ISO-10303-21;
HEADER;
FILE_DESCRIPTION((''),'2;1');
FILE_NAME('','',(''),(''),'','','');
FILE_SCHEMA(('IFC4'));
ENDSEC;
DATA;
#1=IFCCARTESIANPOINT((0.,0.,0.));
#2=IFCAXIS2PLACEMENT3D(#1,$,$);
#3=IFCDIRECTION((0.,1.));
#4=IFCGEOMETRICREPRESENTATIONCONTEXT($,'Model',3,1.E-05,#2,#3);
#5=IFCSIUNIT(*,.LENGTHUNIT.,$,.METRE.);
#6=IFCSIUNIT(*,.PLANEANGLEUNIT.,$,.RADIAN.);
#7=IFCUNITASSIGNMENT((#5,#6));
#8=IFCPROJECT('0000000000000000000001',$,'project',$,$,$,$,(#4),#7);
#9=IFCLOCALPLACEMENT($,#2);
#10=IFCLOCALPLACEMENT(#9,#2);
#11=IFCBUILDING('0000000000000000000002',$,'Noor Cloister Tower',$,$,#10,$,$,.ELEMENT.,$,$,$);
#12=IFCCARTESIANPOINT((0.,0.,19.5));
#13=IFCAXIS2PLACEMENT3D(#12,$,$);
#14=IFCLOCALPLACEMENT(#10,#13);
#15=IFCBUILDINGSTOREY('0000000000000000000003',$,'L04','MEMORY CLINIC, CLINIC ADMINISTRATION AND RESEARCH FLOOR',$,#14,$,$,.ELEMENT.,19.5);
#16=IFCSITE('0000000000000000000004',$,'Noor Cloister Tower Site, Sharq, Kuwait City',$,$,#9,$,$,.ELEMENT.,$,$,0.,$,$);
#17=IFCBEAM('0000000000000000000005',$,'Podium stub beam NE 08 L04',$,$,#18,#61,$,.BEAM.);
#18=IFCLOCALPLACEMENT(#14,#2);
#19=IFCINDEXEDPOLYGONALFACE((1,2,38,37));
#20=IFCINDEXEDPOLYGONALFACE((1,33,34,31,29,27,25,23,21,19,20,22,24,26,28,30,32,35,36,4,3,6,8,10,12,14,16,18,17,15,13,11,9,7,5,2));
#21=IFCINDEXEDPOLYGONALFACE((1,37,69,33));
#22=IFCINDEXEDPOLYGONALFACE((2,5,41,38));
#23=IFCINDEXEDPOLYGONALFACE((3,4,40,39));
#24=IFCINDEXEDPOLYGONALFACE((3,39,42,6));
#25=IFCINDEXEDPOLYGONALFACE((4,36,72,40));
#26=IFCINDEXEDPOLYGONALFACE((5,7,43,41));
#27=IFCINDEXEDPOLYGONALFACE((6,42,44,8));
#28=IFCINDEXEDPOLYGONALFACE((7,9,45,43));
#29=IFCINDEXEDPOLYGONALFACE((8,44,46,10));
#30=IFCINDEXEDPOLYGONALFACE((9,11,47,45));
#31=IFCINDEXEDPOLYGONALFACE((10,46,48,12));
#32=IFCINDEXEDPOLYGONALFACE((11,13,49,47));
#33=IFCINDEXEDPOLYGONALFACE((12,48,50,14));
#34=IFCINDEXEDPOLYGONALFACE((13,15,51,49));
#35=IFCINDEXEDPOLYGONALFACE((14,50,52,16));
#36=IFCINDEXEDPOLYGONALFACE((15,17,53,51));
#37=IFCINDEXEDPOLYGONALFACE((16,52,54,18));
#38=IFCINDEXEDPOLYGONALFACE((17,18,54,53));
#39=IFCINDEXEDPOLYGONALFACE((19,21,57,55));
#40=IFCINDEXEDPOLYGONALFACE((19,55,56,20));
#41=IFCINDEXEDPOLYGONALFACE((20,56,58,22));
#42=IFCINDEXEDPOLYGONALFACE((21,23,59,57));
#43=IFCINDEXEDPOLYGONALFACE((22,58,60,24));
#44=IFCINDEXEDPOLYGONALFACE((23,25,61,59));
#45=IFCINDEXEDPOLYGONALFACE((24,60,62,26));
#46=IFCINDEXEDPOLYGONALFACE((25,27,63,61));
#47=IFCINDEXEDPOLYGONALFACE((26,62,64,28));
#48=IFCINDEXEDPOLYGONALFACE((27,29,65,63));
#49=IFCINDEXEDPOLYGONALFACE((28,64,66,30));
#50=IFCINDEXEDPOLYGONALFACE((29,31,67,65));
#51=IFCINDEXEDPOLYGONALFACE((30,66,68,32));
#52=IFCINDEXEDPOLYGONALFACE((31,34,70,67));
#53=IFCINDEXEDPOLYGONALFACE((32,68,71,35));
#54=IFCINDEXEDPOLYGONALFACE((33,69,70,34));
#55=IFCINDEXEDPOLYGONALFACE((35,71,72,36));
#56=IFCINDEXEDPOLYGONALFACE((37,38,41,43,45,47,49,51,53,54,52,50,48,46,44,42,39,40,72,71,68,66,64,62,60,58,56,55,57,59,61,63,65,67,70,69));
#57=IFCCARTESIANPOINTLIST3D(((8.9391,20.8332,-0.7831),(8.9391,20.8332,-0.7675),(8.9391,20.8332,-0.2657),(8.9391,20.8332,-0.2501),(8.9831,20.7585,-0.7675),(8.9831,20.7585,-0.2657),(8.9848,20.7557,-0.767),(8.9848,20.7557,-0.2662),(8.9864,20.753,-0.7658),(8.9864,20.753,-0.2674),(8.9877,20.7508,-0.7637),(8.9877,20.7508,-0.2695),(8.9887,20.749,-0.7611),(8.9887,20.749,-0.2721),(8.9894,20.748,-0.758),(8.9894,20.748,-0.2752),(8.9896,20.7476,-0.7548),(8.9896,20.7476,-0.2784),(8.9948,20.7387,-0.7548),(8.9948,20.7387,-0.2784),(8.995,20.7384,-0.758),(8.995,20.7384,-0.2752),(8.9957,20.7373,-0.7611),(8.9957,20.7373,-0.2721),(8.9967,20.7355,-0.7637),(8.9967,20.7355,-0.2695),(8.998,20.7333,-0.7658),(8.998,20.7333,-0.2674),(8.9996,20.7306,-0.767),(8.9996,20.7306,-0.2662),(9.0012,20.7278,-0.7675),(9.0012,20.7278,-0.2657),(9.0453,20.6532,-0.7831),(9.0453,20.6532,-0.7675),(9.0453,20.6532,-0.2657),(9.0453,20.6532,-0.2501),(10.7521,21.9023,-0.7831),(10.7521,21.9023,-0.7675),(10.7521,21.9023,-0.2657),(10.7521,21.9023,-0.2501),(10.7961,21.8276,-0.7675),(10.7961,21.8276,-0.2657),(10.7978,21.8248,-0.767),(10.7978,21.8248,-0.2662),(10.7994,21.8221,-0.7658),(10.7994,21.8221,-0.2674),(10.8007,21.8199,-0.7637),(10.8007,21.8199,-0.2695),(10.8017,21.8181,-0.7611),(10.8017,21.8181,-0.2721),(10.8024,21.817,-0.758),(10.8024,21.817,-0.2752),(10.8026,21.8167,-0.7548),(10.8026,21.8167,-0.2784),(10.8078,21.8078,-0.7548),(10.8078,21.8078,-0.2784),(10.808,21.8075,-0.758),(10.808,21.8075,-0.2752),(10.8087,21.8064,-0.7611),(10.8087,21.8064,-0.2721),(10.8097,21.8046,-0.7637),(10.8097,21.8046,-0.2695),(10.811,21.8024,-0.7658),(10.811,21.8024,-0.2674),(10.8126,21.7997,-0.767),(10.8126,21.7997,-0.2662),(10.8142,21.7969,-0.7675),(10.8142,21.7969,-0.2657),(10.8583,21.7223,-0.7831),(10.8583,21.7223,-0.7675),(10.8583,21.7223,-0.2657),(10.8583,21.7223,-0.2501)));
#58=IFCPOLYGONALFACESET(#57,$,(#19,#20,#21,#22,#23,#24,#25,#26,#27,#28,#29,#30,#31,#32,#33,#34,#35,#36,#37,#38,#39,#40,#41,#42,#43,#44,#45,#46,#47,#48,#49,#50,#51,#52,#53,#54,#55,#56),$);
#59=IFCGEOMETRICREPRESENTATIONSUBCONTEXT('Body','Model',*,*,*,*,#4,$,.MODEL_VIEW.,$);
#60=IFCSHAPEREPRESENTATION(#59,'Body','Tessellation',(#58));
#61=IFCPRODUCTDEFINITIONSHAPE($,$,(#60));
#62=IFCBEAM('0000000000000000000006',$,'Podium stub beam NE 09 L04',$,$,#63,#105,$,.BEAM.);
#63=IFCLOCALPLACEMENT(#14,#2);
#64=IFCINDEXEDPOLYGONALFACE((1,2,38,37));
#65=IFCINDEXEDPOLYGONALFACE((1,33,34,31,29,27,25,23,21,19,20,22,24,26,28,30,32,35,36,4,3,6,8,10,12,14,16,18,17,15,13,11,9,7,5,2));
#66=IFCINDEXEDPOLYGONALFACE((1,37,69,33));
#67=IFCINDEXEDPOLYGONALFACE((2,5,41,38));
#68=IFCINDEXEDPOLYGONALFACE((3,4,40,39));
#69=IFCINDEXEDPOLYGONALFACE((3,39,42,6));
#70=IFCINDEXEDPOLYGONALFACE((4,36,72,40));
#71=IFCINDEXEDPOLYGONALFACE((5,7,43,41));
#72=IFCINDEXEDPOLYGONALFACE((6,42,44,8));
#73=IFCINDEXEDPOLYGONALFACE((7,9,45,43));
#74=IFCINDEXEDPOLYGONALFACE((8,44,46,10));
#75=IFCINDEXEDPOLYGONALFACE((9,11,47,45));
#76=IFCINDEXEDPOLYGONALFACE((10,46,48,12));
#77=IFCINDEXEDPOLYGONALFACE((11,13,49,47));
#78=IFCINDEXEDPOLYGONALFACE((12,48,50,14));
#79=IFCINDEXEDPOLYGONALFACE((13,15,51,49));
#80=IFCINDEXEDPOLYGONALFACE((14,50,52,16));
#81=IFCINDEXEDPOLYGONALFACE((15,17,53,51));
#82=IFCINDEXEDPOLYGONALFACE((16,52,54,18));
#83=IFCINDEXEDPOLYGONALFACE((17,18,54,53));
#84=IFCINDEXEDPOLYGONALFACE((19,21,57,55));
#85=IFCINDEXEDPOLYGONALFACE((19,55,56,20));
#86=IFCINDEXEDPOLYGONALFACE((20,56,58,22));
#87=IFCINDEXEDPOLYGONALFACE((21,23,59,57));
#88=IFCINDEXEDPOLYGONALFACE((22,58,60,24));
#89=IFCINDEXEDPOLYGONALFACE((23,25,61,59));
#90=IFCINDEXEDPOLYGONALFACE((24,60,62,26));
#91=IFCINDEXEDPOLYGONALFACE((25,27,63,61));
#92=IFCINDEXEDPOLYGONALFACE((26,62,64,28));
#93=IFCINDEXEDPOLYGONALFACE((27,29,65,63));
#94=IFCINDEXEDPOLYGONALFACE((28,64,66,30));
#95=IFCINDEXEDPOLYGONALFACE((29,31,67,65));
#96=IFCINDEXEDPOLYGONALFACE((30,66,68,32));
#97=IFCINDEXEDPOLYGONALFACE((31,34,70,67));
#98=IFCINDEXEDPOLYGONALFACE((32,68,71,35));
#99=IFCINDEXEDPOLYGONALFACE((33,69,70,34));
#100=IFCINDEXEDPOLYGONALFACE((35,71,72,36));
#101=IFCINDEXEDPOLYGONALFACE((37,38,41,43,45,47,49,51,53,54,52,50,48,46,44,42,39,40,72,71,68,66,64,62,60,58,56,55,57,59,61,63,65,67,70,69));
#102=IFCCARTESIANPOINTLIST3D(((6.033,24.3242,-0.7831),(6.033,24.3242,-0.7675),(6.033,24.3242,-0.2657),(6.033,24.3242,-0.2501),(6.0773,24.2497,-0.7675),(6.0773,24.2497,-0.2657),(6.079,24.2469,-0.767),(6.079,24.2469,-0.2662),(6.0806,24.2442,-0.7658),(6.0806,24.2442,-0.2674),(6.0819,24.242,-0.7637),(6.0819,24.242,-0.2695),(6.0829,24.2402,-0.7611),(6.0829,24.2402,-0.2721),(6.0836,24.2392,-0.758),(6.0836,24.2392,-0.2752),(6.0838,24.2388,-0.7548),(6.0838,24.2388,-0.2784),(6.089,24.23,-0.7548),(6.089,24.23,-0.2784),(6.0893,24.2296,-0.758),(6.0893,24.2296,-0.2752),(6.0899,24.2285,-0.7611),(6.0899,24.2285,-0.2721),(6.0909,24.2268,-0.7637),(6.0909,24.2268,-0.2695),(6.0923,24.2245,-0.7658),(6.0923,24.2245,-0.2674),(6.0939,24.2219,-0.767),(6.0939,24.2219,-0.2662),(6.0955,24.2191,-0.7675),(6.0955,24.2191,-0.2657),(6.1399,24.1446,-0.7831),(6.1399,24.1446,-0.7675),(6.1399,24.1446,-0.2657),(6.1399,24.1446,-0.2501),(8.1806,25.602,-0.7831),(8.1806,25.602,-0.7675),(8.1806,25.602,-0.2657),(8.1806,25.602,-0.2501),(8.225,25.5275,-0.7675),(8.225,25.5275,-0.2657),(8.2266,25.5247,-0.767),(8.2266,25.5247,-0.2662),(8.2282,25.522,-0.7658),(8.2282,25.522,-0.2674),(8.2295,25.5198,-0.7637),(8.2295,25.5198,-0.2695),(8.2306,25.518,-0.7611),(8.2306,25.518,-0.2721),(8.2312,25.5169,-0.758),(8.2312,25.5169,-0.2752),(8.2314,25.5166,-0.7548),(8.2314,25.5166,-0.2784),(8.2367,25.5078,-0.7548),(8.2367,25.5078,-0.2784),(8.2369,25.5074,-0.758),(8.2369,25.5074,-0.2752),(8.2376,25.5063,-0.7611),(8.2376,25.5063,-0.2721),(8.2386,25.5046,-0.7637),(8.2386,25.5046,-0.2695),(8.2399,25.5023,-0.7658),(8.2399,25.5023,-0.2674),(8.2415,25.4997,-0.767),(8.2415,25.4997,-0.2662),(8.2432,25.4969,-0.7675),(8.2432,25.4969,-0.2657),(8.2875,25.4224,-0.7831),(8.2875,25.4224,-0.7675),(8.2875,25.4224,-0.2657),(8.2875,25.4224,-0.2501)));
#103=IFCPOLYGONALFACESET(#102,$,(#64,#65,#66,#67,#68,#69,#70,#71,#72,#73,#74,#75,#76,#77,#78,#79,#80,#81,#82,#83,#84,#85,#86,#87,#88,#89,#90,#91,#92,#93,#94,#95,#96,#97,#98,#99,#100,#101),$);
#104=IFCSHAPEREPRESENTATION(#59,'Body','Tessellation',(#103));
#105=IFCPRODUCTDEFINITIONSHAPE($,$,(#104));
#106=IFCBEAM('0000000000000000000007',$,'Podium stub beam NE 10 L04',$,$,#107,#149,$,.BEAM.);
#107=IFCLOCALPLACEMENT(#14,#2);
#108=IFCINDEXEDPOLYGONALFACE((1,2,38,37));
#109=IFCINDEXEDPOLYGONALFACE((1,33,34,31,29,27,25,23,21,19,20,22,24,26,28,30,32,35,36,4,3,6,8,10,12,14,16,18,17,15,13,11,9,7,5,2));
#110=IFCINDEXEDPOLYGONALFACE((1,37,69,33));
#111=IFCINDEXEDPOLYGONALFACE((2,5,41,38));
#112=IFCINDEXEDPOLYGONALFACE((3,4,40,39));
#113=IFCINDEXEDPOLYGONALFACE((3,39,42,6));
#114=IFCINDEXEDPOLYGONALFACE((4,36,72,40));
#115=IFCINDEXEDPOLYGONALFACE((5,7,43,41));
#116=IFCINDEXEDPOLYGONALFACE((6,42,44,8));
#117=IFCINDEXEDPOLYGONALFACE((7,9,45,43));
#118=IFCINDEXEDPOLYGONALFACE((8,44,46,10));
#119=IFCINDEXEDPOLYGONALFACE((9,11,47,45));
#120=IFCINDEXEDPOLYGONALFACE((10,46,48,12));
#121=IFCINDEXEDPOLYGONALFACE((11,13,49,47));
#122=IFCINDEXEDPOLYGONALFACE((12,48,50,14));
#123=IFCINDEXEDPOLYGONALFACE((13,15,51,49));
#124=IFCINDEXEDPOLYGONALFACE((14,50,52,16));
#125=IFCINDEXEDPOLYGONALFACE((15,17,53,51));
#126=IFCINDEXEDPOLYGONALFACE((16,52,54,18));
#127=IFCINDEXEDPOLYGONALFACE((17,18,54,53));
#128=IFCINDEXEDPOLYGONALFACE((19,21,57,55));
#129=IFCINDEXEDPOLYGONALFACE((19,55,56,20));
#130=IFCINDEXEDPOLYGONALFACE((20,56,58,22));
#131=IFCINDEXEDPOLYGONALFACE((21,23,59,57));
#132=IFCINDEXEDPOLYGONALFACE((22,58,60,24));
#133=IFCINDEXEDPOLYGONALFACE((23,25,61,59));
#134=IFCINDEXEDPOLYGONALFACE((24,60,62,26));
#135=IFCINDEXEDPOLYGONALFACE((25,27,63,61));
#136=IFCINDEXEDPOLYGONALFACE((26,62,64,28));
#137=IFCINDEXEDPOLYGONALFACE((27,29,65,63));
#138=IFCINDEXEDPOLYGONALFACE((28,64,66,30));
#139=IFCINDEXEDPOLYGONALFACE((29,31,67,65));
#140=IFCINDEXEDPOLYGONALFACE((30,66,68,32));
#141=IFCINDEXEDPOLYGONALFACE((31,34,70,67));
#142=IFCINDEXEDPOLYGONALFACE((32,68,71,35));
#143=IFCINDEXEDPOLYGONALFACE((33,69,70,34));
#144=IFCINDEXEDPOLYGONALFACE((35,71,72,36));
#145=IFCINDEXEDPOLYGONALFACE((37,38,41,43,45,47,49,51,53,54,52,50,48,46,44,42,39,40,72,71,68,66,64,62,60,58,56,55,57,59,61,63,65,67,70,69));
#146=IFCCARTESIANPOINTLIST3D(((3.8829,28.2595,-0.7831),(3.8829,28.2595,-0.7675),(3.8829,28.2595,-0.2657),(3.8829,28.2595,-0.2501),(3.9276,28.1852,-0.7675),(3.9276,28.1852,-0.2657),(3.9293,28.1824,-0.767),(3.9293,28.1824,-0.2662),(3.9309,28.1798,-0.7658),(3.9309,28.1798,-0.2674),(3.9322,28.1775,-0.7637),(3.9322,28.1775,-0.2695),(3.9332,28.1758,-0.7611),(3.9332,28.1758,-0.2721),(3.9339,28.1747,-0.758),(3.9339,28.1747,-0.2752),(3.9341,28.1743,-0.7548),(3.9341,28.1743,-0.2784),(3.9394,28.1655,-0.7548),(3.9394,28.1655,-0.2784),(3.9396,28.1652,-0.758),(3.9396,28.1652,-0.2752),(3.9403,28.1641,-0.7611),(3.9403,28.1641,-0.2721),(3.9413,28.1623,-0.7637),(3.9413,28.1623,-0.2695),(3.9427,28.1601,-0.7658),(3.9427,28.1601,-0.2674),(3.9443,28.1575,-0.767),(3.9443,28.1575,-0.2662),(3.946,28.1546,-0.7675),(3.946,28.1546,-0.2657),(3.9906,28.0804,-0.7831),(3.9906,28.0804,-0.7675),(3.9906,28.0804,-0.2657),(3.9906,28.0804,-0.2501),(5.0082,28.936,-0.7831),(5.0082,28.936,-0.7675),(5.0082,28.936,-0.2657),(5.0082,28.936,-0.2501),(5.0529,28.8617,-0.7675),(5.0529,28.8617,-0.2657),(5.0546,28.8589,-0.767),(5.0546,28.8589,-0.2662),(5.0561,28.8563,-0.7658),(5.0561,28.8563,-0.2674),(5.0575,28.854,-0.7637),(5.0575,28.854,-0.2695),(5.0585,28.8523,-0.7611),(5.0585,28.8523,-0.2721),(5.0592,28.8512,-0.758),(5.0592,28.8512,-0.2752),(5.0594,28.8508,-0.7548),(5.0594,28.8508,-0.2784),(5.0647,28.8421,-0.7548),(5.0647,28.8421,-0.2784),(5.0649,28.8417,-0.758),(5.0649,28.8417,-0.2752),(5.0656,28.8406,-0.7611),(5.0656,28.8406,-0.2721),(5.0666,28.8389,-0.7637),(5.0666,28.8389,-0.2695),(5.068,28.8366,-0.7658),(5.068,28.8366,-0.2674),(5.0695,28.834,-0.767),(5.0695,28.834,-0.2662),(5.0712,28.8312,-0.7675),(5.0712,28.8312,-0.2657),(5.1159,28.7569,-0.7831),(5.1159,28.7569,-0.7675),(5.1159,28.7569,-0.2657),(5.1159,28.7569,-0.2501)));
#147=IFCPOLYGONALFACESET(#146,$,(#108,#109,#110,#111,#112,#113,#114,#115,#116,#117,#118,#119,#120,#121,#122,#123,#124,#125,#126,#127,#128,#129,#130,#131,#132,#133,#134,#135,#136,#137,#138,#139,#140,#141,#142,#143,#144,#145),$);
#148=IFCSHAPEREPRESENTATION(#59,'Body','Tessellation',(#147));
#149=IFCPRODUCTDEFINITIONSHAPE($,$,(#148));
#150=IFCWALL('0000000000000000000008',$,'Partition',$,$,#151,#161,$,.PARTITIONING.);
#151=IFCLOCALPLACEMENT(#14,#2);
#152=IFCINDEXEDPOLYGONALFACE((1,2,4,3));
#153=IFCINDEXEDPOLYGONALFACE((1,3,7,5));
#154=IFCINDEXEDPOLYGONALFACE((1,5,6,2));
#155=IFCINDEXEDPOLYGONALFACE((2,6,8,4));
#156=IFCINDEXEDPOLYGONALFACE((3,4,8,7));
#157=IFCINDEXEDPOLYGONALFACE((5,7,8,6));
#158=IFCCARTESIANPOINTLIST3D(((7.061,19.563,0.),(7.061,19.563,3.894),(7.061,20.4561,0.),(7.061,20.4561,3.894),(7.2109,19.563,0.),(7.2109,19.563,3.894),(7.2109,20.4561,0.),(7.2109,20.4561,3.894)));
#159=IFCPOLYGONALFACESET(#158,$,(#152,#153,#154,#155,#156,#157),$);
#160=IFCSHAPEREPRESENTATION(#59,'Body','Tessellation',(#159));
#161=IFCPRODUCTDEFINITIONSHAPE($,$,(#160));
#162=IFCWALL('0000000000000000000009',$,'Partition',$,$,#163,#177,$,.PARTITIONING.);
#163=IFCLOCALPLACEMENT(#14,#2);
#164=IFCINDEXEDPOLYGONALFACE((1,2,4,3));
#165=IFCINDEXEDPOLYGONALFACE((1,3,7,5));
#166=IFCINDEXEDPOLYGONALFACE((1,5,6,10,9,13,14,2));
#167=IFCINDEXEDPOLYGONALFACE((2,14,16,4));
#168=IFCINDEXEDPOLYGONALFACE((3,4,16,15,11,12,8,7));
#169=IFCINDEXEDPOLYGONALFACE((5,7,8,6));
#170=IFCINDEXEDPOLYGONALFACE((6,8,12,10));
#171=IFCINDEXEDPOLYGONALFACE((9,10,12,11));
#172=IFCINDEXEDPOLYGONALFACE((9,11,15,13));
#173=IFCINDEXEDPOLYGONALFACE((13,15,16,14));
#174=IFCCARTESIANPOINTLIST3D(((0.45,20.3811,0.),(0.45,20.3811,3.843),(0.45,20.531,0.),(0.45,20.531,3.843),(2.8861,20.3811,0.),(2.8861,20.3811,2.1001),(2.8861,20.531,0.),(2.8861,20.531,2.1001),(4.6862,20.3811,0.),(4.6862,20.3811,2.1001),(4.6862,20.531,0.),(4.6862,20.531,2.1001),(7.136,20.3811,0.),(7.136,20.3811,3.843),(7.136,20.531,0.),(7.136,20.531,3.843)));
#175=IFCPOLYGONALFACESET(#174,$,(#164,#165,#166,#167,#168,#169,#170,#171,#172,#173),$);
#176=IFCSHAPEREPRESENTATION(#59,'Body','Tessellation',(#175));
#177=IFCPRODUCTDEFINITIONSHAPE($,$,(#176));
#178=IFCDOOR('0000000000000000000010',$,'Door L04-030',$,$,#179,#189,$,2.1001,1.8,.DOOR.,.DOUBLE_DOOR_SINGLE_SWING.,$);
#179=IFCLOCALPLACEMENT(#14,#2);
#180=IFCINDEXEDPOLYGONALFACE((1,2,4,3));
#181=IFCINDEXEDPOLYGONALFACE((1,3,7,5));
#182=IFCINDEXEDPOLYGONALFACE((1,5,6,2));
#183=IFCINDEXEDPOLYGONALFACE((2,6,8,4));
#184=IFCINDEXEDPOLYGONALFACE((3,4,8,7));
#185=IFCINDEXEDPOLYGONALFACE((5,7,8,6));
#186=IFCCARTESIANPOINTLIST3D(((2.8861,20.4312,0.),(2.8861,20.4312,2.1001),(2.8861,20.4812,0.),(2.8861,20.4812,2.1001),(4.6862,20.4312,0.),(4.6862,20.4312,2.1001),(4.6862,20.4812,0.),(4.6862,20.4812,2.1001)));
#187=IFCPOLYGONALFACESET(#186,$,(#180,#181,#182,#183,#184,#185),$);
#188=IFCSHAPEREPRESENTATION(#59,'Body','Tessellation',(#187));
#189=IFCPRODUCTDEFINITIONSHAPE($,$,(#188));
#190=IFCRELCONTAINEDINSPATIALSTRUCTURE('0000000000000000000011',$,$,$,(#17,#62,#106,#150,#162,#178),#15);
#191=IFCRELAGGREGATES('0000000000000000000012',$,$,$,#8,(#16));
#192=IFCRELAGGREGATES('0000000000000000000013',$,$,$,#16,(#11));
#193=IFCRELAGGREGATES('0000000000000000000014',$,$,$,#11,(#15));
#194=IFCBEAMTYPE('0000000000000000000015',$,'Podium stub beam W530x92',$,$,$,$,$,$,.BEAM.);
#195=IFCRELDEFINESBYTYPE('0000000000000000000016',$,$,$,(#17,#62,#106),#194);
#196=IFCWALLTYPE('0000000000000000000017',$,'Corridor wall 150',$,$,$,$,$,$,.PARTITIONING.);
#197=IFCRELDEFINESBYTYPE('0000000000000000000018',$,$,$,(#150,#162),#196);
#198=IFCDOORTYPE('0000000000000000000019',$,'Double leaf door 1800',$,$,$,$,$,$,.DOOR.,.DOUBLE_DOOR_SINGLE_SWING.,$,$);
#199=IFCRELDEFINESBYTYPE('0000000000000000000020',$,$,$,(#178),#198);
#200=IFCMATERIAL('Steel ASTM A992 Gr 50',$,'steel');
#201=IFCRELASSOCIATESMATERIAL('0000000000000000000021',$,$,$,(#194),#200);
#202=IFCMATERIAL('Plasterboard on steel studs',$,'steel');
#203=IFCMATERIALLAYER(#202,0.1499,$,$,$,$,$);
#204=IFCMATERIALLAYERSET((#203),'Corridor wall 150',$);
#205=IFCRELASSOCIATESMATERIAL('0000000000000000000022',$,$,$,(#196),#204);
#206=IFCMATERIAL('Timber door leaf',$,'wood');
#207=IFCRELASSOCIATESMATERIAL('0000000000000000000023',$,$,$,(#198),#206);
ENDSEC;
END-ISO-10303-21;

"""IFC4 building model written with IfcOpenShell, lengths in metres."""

from ifc_helpers import new_model, si_unit, direction, frame, frame_2d, origin, origin_2d, place, context, subcontext, project, spatial, rectangle, i_section, extrude, material, layer, layer_set, material_profile, profile_set, type_object, element, fill, save


model = new_model("IFC4")

# Units and contexts
model_context = context("Model", 3, precision=1e-05, world=origin(), true_north=direction((0.0, 1.0)))
body_context = subcontext(model_context, "Body", "Model", "MODEL_VIEW")
ifc_project = project(units=[si_unit("LENGTHUNIT", "METRE"), si_unit("PLANEANGLEUNIT", "RADIAN")], contexts=[model_context])

# Site, building, storey
site_placement = place(None, origin())
site = spatial("IfcSite", under=ifc_project, at=site_placement, Name="Noor Cloister Tower Site, Sharq, Kuwait City", CompositionType="ELEMENT", RefElevation=0.0)
building_placement = place(site_placement, origin())
building = spatial("IfcBuilding", under=site, at=building_placement, Name="Noor Cloister Tower", CompositionType="ELEMENT")
storey_placement = place(building_placement, frame((0.0, 0.0, 19.5)))
storey = spatial("IfcBuildingStorey", under=building, at=storey_placement, Name="L04", Description="MEMORY CLINIC, CLINIC ADMINISTRATION AND RESEARCH FLOOR", CompositionType="ELEMENT", Elevation=19.5)

# Beams
ifc_material_1 = material(Name="Steel ASTM A992 Gr 50", Category="steel")
ifc_material_profile_1 = material_profile(ifc_material_1, i_section(OverallWidth=0.209, OverallDepth=0.533, WebThickness=0.0103, FlangeThickness=0.0156, FilletRadius=0.0127, at=origin_2d()), Name="W530x92")
ifc_profile_set_1 = profile_set([ifc_material_profile_1], Name="Steel ASTM A992 Gr 50")
beam_type_1 = type_object("IfcBeamType", Name="Podium stub beam W530x92", PredefinedType="BEAM", material=ifc_profile_set_1)
beam_1_placement = place(storey_placement, frame((8.9922, 20.7432, -0.5166), z_axis=(0.861388, 0.507948, 0.0), x_axis=(-0.507948, 0.861388, 0.0)))
element("IfcBeam", 1, at=beam_1_placement, inside=storey, type_object=beam_type_1, Name="Podium stub beam NE 08 L04", PredefinedType="BEAM", context=body_context, shape_type="SweptSolid", body=[
    extrude(i_section(OverallWidth=0.209, OverallDepth=0.533, WebThickness=0.0103, FlangeThickness=0.0156, FilletRadius=0.0127, at=origin_2d()), origin(), (0.0, 0.0, 1.0), 2.1047),
])
beam_2_placement = place(storey_placement, frame((6.0864, 24.2344, -0.5166), z_axis=(0.859392, 0.511317, 0.0), x_axis=(-0.511317, 0.859392, 0.0)))
element("IfcBeam", 2, at=beam_2_placement, inside=storey, type_object=beam_type_1, Name="Podium stub beam NE 09 L04", PredefinedType="BEAM", context=body_context, shape_type="SweptSolid", body=[
    extrude(i_section(OverallWidth=0.209, OverallDepth=0.533, WebThickness=0.0103, FlangeThickness=0.0156, FilletRadius=0.0127, at=origin_2d()), origin(), (0.0, 0.0, 1.0), 2.499),
])
beam_3_placement = place(storey_placement, frame((3.9368, 28.1699, -0.5166), z_axis=(0.857033, 0.515261, 0.0), x_axis=(-0.515261, 0.857033, 0.0)))
element("IfcBeam", 3, at=beam_3_placement, inside=storey, type_object=beam_type_1, Name="Podium stub beam NE 10 L04", PredefinedType="BEAM", context=body_context, shape_type="SweptSolid", body=[
    extrude(i_section(OverallWidth=0.209, OverallDepth=0.533, WebThickness=0.0103, FlangeThickness=0.0156, FilletRadius=0.0127, at=origin_2d()), origin(), (0.0, 0.0, 1.0), 1.313),
])

# Wall
ifc_material_2 = material(Name="Plasterboard on steel studs", Category="steel")
ifc_layer_1 = layer(ifc_material_2, 0.1499)
ifc_layer_set_1 = layer_set([ifc_layer_1], Name="Corridor wall 150")
wall_type_1 = type_object("IfcWallType", Name="Corridor wall 150", PredefinedType="PARTITIONING", material=ifc_layer_set_1)
wall_1_placement = place(storey_placement, frame((7.136, 19.563, 0.0), z_axis=(0.0, 0.0, 1.0), x_axis=(0.0, 1.0, 0.0)))
element("IfcWall", 4, at=wall_1_placement, inside=storey, type_object=wall_type_1, Name="Partition", PredefinedType="PARTITIONING", context=body_context, shape_type="SweptSolid", body=[
    extrude(rectangle(XDim=0.8931, YDim=0.1499, at=frame_2d((0.4465, 0.0))), origin(), (0.0, 0.0, 1.0), 3.894),
])

# Wall, opening, door
wall_2_placement = place(storey_placement, frame((7.136, 20.4561, 0.0), z_axis=(0.0, 0.0, 1.0), x_axis=(-1.0, 0.0, 0.0)))
wall_2 = element("IfcWall", 5, at=wall_2_placement, inside=storey, type_object=wall_type_1, Name="Partition", PredefinedType="PARTITIONING", context=body_context, shape_type="SweptSolid", body=[
    extrude(rectangle(XDim=6.686, YDim=0.1499, at=frame_2d((3.343, 0.0))), origin(), (0.0, 0.0, 1.0), 3.843),
])
opening_1_placement = place(wall_2_placement, frame((2.45, 0.0, 0.0)))
opening_1 = element("IfcOpeningElement", 6, at=opening_1_placement, cuts=wall_2, PredefinedType="OPENING", context=body_context, shape_type="SweptSolid", body=[
    extrude(rectangle(XDim=1.8, YDim=2.1001, at=frame_2d((0.8999, 1.05))), frame((0.0, 0.085, 0.0), z_axis=(0.0, -1.0, 0.0), x_axis=(1.0, 0.0, 0.0)), (0.0, 0.0, 1.0), 0.1699),
])
ifc_material_3 = material(Name="Timber door leaf", Category="wood")
door_type = type_object("IfcDoorType", Name="Double leaf door 1800", OperationType="DOUBLE_DOOR_SINGLE_SWING", PredefinedType="DOOR", material=ifc_material_3)
door_placement = place(opening_1_placement, origin())
door = element("IfcDoor", 7, at=door_placement, inside=storey, type_object=door_type, Name="Door L04-030", OperationType="DOUBLE_DOOR_SINGLE_SWING", OverallHeight=2.1001, OverallWidth=1.8, PredefinedType="DOOR", context=body_context, shape_type="SweptSolid", body=[
    extrude(rectangle(XDim=1.8, YDim=2.1001, at=frame_2d((0.8999, 1.05))), frame((0.0, 0.0249, 0.0), z_axis=(0.0, -1.0, 0.0), x_axis=(1.0, 0.0, 0.0)), (0.0, 0.0, 1.0), 0.05),
])
fill(opening_1, door)

save(model, "model.ifc")
